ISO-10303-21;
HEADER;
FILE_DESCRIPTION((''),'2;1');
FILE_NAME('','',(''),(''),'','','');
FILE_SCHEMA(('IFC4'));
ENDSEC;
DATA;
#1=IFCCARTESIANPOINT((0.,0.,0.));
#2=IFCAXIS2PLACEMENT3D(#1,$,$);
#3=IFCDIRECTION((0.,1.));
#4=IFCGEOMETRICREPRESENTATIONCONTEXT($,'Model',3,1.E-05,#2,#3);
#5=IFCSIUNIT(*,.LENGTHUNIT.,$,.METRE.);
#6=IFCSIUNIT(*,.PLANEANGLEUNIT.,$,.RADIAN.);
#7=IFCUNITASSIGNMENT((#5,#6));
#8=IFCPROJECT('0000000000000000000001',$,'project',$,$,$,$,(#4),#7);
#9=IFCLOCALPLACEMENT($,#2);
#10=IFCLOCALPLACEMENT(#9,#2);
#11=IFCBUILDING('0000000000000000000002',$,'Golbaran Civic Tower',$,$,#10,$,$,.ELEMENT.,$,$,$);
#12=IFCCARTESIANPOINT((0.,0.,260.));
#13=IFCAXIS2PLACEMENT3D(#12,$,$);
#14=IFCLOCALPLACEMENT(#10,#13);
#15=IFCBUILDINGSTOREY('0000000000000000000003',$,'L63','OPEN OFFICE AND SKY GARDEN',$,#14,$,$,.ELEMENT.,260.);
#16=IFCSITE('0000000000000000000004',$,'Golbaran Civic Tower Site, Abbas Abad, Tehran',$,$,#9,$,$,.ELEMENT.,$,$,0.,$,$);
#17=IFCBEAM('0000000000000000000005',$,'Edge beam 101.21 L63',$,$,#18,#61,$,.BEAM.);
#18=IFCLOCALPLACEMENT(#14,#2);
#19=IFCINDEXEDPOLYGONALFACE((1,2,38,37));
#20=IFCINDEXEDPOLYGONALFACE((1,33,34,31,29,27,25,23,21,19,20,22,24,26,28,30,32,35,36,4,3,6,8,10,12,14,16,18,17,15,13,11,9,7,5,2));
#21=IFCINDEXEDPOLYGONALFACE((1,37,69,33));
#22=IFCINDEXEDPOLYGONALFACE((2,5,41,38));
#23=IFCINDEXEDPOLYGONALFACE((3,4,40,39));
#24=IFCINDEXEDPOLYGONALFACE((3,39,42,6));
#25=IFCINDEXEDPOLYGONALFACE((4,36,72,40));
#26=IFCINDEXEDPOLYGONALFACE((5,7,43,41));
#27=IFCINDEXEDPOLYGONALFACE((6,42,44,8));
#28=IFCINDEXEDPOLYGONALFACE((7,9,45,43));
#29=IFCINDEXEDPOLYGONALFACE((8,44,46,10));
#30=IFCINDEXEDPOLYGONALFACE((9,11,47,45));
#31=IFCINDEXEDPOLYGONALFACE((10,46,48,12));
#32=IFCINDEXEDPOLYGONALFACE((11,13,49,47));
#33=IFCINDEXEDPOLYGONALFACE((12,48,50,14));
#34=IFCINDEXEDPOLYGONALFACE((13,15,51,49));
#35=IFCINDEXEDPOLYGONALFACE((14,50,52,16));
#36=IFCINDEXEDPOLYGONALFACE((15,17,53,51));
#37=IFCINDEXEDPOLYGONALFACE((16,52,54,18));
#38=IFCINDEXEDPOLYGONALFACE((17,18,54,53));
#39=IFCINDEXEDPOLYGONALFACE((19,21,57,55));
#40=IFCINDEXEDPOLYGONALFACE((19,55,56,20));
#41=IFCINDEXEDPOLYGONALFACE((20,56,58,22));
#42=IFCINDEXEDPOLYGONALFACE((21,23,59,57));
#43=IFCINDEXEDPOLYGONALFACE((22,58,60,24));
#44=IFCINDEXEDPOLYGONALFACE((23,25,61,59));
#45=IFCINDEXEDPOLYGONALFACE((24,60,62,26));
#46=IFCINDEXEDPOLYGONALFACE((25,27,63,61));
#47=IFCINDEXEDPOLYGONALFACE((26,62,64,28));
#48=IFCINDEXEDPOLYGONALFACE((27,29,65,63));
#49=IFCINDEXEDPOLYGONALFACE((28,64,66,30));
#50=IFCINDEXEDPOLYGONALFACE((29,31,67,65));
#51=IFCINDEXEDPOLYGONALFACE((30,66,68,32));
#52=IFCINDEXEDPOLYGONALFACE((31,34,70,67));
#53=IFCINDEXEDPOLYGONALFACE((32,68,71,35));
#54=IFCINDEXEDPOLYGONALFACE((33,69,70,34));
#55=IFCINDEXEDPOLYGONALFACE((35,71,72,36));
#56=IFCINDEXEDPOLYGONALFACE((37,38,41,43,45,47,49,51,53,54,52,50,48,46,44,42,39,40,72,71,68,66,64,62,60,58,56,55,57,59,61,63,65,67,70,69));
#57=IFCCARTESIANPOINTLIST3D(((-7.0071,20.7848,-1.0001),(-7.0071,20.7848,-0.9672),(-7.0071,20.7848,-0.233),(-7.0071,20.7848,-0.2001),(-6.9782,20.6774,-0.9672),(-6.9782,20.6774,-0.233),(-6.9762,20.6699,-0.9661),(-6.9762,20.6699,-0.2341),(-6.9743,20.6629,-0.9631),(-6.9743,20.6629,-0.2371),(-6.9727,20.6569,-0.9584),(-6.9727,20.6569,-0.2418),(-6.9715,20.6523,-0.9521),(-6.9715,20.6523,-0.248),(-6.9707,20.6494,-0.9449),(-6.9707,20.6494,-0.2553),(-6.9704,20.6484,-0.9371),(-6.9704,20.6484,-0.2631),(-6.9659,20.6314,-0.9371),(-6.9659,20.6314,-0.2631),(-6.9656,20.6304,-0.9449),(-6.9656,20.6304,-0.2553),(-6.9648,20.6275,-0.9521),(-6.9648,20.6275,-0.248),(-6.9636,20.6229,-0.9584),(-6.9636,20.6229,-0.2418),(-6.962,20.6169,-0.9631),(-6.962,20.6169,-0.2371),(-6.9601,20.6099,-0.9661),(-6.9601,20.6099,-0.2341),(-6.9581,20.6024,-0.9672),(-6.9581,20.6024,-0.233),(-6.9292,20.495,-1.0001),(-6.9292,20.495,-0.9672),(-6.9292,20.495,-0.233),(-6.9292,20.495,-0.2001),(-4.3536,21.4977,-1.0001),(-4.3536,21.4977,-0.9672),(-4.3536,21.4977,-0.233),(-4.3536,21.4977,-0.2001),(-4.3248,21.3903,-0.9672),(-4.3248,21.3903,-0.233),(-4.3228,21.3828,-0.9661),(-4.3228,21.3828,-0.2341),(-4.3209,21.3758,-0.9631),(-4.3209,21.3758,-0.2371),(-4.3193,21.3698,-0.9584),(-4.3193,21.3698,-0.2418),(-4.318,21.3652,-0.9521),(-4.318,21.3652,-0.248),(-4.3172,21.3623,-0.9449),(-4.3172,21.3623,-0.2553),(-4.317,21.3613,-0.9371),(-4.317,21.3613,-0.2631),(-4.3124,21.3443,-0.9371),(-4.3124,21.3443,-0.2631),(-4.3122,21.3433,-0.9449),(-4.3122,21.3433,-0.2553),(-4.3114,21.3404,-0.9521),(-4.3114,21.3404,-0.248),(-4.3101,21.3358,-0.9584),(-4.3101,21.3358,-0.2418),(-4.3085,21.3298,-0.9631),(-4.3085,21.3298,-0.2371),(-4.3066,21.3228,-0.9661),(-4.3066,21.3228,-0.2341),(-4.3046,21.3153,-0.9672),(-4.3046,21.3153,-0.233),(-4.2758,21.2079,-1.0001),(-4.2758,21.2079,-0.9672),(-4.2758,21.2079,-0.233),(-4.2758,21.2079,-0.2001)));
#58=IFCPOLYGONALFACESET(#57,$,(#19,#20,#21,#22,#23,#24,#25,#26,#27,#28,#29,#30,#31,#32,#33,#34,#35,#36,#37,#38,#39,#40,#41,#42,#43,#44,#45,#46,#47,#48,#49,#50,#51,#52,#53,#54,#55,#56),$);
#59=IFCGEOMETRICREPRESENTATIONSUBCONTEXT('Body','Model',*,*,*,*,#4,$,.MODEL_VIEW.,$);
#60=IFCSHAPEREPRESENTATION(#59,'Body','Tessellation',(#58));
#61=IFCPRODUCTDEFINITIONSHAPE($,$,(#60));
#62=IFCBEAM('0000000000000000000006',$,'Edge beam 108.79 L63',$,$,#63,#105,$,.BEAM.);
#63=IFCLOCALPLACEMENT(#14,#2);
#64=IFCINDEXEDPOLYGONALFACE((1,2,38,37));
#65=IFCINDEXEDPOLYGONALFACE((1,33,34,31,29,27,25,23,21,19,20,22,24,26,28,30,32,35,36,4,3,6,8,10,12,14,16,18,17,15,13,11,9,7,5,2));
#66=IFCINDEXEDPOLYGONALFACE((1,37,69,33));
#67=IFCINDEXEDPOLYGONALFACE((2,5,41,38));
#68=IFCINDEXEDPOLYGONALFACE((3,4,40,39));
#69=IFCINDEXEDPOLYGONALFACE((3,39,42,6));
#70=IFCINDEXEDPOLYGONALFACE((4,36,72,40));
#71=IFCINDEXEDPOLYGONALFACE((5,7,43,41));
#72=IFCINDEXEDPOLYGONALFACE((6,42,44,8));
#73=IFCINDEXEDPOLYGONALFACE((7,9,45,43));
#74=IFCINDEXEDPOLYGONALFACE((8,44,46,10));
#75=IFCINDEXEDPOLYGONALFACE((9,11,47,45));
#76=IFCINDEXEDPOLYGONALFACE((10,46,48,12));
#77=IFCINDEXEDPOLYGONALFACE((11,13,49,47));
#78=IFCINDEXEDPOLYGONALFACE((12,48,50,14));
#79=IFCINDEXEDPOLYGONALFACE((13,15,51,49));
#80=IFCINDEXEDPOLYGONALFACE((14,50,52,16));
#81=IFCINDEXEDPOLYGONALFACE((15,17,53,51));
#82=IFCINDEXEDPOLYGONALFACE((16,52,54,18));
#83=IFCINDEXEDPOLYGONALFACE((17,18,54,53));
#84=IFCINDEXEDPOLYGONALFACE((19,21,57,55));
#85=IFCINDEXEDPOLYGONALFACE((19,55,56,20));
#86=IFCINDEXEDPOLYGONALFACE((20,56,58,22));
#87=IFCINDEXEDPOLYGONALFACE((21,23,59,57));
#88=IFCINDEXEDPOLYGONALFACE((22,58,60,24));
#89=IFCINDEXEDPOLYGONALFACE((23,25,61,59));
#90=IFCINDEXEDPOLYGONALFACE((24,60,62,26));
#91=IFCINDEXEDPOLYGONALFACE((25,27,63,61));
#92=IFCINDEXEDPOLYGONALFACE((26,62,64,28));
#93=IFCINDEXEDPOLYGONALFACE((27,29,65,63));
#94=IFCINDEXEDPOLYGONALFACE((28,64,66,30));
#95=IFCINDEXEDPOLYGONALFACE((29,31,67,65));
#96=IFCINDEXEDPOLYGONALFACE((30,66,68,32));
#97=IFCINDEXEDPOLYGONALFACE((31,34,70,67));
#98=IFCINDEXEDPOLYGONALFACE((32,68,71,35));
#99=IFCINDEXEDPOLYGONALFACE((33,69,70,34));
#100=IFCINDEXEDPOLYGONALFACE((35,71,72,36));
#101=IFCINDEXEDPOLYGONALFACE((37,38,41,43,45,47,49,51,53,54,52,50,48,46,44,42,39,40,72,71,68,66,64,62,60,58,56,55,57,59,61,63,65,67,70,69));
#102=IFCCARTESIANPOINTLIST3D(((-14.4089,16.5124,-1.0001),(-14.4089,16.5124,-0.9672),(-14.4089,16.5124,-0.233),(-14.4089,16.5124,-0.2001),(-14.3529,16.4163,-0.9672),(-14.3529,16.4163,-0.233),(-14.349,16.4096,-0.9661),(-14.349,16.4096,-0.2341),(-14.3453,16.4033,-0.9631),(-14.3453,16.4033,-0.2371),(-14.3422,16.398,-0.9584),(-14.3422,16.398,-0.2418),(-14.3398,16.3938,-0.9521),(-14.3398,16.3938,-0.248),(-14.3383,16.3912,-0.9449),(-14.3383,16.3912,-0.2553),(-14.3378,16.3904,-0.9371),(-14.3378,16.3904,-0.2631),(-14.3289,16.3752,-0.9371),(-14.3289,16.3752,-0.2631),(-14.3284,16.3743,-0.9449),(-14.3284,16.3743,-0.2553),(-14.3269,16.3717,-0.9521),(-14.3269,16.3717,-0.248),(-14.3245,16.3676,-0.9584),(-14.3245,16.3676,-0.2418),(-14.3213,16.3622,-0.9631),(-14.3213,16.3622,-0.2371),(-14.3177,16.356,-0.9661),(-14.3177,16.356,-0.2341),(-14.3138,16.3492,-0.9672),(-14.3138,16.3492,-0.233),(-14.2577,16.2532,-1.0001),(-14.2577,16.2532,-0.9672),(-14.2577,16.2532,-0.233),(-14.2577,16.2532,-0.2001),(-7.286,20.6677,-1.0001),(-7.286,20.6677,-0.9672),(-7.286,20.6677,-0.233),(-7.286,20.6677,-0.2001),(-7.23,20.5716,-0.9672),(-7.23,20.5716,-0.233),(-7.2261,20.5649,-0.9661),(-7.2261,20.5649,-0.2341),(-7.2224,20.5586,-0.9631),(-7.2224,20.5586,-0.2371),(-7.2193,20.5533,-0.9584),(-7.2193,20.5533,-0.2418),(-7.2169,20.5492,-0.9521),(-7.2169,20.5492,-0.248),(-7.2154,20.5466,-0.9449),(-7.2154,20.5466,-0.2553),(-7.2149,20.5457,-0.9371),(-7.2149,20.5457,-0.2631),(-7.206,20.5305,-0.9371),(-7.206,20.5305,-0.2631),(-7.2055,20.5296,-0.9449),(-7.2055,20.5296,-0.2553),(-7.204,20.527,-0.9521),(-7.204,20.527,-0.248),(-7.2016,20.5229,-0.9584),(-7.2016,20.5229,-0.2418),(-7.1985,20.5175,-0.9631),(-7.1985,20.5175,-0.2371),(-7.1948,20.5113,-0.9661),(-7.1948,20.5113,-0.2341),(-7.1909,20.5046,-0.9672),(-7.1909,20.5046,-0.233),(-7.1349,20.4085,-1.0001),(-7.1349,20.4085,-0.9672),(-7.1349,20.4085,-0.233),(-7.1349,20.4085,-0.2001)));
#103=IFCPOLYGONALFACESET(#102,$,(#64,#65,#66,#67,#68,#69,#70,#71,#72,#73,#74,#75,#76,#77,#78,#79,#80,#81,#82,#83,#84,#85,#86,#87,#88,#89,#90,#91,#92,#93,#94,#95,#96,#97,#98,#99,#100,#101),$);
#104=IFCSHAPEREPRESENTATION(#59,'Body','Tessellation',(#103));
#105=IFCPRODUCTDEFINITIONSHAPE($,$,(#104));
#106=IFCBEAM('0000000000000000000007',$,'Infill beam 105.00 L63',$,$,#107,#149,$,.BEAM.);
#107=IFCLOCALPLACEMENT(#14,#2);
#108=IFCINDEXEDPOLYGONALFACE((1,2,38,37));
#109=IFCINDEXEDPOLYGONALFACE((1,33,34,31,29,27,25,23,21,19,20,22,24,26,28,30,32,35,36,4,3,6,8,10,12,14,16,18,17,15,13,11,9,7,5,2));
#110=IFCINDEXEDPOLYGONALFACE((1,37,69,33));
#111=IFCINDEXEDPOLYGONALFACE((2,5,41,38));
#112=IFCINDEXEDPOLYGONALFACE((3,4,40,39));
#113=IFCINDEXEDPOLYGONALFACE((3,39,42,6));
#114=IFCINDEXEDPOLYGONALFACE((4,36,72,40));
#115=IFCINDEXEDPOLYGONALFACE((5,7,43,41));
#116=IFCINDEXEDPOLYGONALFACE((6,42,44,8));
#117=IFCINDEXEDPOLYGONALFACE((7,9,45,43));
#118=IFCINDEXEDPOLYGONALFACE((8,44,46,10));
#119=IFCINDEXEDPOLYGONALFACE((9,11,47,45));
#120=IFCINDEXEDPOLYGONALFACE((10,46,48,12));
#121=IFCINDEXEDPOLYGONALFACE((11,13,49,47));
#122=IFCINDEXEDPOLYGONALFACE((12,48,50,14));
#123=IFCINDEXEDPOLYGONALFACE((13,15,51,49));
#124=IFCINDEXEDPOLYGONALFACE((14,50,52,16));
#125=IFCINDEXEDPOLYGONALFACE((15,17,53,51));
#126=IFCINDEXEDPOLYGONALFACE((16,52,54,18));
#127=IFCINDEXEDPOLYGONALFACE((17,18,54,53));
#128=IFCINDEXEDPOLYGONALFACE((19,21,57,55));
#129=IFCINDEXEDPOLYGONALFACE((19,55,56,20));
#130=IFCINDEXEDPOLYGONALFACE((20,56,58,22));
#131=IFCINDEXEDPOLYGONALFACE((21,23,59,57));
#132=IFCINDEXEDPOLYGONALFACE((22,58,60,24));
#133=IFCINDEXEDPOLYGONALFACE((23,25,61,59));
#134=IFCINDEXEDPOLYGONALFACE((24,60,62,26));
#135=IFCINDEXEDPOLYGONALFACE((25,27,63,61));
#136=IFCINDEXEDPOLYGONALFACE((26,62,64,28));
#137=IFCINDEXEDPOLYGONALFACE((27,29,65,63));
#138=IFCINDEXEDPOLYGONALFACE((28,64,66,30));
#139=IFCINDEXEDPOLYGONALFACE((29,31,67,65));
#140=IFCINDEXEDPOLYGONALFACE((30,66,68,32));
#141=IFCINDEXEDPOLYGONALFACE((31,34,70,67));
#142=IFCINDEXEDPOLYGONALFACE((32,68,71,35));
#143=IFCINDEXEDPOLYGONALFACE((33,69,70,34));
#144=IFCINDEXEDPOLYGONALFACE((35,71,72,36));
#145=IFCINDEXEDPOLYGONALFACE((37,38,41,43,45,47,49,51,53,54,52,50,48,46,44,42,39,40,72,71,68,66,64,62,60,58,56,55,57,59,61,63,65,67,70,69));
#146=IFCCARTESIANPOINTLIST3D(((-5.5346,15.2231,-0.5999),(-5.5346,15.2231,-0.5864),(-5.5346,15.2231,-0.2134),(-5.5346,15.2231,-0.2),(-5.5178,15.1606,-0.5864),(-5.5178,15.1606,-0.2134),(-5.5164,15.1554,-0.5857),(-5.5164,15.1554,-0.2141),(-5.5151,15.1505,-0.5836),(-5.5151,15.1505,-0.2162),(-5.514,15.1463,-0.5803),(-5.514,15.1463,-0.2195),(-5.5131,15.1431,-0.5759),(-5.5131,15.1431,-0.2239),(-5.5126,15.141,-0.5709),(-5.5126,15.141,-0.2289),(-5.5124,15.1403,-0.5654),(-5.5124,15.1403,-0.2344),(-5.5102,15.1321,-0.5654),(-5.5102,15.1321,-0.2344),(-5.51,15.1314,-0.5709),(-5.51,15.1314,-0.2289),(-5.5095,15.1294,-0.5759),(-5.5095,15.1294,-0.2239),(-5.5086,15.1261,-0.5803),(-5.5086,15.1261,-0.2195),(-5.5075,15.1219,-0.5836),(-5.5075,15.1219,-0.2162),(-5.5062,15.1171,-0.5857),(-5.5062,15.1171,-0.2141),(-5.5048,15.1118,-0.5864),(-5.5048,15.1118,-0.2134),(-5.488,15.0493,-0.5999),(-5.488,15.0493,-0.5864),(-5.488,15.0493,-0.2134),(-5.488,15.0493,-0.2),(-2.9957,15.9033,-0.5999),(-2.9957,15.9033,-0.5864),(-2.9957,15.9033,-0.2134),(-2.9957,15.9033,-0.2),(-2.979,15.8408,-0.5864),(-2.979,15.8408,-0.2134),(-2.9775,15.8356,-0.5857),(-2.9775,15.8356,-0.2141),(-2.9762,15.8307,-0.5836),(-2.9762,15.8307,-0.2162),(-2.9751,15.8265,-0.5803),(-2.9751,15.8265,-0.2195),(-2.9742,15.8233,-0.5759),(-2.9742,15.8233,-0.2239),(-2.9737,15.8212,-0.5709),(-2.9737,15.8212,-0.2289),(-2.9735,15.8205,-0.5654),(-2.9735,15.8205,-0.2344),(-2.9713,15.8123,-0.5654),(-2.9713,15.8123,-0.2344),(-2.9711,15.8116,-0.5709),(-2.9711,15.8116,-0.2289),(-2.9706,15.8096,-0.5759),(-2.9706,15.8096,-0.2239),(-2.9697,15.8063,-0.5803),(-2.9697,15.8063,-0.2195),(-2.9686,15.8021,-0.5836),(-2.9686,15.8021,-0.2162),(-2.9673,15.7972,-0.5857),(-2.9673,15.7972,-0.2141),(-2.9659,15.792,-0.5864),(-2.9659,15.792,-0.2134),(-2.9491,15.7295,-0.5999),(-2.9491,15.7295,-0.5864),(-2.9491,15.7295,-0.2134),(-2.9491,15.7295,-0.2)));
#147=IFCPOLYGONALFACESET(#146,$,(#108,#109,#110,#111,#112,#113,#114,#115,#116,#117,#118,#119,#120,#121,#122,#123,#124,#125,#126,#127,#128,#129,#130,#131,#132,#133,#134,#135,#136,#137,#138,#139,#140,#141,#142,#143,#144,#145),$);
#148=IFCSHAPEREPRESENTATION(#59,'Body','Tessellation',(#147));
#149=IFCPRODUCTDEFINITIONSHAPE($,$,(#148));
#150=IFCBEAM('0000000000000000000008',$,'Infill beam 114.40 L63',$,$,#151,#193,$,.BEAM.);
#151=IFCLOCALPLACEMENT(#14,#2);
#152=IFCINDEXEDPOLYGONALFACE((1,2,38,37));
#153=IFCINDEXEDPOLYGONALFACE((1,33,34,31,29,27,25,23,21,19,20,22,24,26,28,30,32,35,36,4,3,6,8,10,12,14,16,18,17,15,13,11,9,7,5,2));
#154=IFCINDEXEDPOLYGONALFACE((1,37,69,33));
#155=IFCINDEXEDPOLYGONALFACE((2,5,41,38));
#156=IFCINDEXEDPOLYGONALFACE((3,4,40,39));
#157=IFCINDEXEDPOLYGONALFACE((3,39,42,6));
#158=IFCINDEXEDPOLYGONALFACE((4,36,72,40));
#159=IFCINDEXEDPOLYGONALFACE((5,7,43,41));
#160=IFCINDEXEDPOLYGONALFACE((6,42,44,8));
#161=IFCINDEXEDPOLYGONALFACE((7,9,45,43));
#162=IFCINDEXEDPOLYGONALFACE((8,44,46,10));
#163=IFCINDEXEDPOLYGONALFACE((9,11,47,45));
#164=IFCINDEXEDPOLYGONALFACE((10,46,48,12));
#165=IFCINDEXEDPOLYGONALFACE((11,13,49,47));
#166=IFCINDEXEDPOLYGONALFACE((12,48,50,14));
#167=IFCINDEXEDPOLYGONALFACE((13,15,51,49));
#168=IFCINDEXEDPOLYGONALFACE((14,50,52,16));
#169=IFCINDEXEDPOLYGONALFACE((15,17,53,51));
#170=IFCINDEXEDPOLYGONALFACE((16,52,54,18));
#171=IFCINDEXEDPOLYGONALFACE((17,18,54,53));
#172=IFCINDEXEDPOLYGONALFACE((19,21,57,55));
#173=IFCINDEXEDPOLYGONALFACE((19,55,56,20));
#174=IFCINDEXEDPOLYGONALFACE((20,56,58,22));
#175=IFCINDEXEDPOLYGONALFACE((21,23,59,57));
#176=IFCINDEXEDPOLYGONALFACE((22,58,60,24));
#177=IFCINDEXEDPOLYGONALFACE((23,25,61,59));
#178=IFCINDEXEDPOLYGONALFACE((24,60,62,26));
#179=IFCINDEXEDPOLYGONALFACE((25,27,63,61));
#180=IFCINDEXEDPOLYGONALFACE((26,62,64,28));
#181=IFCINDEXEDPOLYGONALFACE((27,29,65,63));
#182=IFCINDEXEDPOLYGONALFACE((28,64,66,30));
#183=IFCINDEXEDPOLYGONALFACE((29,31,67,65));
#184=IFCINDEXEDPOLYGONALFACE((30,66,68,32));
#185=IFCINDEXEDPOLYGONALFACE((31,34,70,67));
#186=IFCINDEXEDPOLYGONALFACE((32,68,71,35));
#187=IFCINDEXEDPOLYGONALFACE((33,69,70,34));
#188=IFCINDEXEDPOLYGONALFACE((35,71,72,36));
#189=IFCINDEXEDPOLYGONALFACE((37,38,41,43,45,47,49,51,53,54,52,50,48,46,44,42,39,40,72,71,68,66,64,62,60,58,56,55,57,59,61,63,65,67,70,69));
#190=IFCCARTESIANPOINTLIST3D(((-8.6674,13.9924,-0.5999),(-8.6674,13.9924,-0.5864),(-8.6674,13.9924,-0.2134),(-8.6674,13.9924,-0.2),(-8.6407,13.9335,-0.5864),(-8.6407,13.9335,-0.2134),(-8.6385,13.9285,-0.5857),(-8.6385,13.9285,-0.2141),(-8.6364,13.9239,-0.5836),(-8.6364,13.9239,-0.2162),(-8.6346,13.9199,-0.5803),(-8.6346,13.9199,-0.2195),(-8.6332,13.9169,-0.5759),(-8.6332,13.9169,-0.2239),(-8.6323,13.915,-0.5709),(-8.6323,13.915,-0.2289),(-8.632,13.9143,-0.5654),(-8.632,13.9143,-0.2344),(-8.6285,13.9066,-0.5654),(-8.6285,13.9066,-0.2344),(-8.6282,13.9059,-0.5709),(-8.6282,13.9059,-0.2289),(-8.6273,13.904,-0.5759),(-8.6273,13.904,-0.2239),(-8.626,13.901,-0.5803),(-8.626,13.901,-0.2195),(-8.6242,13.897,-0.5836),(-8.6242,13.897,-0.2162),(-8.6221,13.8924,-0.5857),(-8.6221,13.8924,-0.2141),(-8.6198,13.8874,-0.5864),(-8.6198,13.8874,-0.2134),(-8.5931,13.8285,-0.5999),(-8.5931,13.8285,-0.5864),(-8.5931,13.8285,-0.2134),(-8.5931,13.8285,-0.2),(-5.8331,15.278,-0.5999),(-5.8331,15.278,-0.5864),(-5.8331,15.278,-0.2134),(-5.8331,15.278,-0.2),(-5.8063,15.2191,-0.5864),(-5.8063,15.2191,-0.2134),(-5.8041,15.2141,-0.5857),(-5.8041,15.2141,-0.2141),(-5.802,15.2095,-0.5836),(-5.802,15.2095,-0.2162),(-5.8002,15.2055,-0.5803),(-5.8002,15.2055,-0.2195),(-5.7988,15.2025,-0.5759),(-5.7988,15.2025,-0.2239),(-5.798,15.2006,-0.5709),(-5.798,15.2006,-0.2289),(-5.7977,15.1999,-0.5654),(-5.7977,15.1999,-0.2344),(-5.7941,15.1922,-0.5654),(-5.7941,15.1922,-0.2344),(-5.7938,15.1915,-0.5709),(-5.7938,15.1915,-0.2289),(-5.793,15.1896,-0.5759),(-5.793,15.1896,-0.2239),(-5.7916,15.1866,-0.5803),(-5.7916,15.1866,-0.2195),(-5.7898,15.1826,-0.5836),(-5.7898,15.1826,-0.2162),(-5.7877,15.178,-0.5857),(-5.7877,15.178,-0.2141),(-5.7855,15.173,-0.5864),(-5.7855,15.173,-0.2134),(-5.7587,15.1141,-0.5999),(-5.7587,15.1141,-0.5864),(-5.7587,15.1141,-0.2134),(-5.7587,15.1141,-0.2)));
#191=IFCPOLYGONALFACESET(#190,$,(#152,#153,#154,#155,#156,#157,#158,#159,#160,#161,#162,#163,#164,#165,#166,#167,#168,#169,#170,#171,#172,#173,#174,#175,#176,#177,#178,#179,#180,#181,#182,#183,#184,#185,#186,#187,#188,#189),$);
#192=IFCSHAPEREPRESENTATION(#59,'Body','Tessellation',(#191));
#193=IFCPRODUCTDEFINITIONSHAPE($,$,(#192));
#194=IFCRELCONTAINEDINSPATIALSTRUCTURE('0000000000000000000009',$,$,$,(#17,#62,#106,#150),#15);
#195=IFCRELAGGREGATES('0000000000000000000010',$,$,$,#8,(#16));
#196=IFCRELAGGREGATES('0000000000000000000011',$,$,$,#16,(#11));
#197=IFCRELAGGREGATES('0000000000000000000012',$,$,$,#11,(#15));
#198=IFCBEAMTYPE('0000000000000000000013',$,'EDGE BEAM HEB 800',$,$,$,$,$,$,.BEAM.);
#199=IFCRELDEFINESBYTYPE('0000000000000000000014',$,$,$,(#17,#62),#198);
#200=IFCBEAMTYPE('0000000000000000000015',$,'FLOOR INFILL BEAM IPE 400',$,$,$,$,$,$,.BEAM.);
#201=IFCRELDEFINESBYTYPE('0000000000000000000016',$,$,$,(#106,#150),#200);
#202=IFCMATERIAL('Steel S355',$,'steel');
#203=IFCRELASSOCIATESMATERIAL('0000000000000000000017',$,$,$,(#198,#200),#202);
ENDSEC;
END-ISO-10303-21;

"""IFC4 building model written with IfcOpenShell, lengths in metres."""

from ifc_helpers import new_model, si_unit, direction, frame, origin, origin_2d, place, context, subcontext, project, spatial, i_section, extrude, material, material_profile, profile_set, type_object, element, save


model = new_model("IFC4")

# Units and contexts
model_context = context("Model", 3, precision=1e-05, world=origin(), true_north=direction((0.0, 1.0)))
body_context = subcontext(model_context, "Body", "Model", "MODEL_VIEW")
ifc_project = project(units=[si_unit("LENGTHUNIT", "METRE"), si_unit("PLANEANGLEUNIT", "RADIAN")], contexts=[model_context])

# Site, building, storey
site_placement = place(None, origin())
site = spatial("IfcSite", under=ifc_project, at=site_placement, Name="Golbaran Civic Tower Site, Abbas Abad, Tehran", CompositionType="ELEMENT", RefElevation=0.0)
building_placement = place(site_placement, origin())
building = spatial("IfcBuilding", under=site, at=building_placement, Name="Golbaran Civic Tower", CompositionType="ELEMENT")
storey_placement = place(building_placement, frame((0.0, 0.0, 260.0)))
storey = spatial("IfcBuildingStorey", under=building, at=storey_placement, Name="L63", Description="OPEN OFFICE AND SKY GARDEN", CompositionType="ELEMENT", Elevation=260.0)

# Beams
ifc_material_1 = material(Name="Steel S355", Category="steel")
ifc_material_profile_1 = material_profile(ifc_material_1, i_section(OverallWidth=0.3, OverallDepth=0.8, WebThickness=0.0176, FlangeThickness=0.033, FilletRadius=0.03, at=origin_2d()), Name="HEB 800")
ifc_profile_set_1 = profile_set([ifc_material_profile_1], Name="Steel S355")
beam_type_1 = type_object("IfcBeamType", Name="EDGE BEAM HEB 800", PredefinedType="BEAM", material=ifc_profile_set_1)
beam_1_placement = place(storey_placement, frame((-4.3147, 21.3528, -0.6001), z_axis=(-0.965755, -0.259454, 0.0), x_axis=(0.259454, -0.965755, 0.0)))
element("IfcBeam", 1, at=beam_1_placement, inside=storey, type_object=beam_type_1, Name="Edge beam 101.21 L63", PredefinedType="BEAM", context=body_context, shape_type="SweptSolid", body=[
    extrude(i_section(OverallWidth=0.3, OverallDepth=0.8, WebThickness=0.0176, FlangeThickness=0.033, FilletRadius=0.03, at=origin_2d()), origin(), (0.0, 0.0, 1.0), 2.7476),
])
beam_2_placement = place(storey_placement, frame((-7.2104, 20.5381, -0.6001), z_axis=(-0.863763, -0.503899, 0.0), x_axis=(0.503899, -0.863763, 0.0)))
element("IfcBeam", 2, at=beam_2_placement, inside=storey, type_object=beam_type_1, Name="Edge beam 108.79 L63", PredefinedType="BEAM", context=body_context, shape_type="SweptSolid", body=[
    extrude(i_section(OverallWidth=0.3, OverallDepth=0.8, WebThickness=0.0176, FlangeThickness=0.033, FilletRadius=0.03, at=origin_2d()), origin(), (0.0, 0.0, 1.0), 8.2463),
])
ifc_material_profile_2 = material_profile(ifc_material_1, i_section(OverallWidth=0.1799, OverallDepth=0.3999, WebThickness=0.0085, FlangeThickness=0.0134, FilletRadius=0.021, at=origin_2d()), Name="IPE 400")
ifc_profile_set_2 = profile_set([ifc_material_profile_2], Name="Steel S355")
beam_type_2 = type_object("IfcBeamType", Name="FLOOR INFILL BEAM IPE 400", PredefinedType="BEAM", material=ifc_profile_set_2)
beam_3_placement = place(storey_placement, frame((-2.9724, 15.8164, -0.3999), z_axis=(-0.965935, -0.258784, 0.0), x_axis=(0.258784, -0.965935, 0.0)))
element("IfcBeam", 3, at=beam_3_placement, inside=storey, type_object=beam_type_2, Name="Infill beam 105.00 L63", PredefinedType="BEAM", context=body_context, shape_type="SweptSolid", body=[
    extrude(i_section(OverallWidth=0.1799, OverallDepth=0.3999, WebThickness=0.0085, FlangeThickness=0.0134, FilletRadius=0.021, at=origin_2d()), origin(), (0.0, 0.0, 1.0), 2.6284),
])
beam_4_placement = place(storey_placement, frame((-5.7959, 15.196, -0.3999), z_axis=(-0.910699, -0.41307, 0.0), x_axis=(0.41307, -0.910699, 0.0)))
element("IfcBeam", 4, at=beam_4_placement, inside=storey, type_object=beam_type_2, Name="Infill beam 114.40 L63", PredefinedType="BEAM", context=body_context, shape_type="SweptSolid", body=[
    extrude(i_section(OverallWidth=0.1799, OverallDepth=0.3999, WebThickness=0.0085, FlangeThickness=0.0134, FilletRadius=0.021, at=origin_2d()), origin(), (0.0, 0.0, 1.0), 3.1123),
])

save(model, "model.ifc")
